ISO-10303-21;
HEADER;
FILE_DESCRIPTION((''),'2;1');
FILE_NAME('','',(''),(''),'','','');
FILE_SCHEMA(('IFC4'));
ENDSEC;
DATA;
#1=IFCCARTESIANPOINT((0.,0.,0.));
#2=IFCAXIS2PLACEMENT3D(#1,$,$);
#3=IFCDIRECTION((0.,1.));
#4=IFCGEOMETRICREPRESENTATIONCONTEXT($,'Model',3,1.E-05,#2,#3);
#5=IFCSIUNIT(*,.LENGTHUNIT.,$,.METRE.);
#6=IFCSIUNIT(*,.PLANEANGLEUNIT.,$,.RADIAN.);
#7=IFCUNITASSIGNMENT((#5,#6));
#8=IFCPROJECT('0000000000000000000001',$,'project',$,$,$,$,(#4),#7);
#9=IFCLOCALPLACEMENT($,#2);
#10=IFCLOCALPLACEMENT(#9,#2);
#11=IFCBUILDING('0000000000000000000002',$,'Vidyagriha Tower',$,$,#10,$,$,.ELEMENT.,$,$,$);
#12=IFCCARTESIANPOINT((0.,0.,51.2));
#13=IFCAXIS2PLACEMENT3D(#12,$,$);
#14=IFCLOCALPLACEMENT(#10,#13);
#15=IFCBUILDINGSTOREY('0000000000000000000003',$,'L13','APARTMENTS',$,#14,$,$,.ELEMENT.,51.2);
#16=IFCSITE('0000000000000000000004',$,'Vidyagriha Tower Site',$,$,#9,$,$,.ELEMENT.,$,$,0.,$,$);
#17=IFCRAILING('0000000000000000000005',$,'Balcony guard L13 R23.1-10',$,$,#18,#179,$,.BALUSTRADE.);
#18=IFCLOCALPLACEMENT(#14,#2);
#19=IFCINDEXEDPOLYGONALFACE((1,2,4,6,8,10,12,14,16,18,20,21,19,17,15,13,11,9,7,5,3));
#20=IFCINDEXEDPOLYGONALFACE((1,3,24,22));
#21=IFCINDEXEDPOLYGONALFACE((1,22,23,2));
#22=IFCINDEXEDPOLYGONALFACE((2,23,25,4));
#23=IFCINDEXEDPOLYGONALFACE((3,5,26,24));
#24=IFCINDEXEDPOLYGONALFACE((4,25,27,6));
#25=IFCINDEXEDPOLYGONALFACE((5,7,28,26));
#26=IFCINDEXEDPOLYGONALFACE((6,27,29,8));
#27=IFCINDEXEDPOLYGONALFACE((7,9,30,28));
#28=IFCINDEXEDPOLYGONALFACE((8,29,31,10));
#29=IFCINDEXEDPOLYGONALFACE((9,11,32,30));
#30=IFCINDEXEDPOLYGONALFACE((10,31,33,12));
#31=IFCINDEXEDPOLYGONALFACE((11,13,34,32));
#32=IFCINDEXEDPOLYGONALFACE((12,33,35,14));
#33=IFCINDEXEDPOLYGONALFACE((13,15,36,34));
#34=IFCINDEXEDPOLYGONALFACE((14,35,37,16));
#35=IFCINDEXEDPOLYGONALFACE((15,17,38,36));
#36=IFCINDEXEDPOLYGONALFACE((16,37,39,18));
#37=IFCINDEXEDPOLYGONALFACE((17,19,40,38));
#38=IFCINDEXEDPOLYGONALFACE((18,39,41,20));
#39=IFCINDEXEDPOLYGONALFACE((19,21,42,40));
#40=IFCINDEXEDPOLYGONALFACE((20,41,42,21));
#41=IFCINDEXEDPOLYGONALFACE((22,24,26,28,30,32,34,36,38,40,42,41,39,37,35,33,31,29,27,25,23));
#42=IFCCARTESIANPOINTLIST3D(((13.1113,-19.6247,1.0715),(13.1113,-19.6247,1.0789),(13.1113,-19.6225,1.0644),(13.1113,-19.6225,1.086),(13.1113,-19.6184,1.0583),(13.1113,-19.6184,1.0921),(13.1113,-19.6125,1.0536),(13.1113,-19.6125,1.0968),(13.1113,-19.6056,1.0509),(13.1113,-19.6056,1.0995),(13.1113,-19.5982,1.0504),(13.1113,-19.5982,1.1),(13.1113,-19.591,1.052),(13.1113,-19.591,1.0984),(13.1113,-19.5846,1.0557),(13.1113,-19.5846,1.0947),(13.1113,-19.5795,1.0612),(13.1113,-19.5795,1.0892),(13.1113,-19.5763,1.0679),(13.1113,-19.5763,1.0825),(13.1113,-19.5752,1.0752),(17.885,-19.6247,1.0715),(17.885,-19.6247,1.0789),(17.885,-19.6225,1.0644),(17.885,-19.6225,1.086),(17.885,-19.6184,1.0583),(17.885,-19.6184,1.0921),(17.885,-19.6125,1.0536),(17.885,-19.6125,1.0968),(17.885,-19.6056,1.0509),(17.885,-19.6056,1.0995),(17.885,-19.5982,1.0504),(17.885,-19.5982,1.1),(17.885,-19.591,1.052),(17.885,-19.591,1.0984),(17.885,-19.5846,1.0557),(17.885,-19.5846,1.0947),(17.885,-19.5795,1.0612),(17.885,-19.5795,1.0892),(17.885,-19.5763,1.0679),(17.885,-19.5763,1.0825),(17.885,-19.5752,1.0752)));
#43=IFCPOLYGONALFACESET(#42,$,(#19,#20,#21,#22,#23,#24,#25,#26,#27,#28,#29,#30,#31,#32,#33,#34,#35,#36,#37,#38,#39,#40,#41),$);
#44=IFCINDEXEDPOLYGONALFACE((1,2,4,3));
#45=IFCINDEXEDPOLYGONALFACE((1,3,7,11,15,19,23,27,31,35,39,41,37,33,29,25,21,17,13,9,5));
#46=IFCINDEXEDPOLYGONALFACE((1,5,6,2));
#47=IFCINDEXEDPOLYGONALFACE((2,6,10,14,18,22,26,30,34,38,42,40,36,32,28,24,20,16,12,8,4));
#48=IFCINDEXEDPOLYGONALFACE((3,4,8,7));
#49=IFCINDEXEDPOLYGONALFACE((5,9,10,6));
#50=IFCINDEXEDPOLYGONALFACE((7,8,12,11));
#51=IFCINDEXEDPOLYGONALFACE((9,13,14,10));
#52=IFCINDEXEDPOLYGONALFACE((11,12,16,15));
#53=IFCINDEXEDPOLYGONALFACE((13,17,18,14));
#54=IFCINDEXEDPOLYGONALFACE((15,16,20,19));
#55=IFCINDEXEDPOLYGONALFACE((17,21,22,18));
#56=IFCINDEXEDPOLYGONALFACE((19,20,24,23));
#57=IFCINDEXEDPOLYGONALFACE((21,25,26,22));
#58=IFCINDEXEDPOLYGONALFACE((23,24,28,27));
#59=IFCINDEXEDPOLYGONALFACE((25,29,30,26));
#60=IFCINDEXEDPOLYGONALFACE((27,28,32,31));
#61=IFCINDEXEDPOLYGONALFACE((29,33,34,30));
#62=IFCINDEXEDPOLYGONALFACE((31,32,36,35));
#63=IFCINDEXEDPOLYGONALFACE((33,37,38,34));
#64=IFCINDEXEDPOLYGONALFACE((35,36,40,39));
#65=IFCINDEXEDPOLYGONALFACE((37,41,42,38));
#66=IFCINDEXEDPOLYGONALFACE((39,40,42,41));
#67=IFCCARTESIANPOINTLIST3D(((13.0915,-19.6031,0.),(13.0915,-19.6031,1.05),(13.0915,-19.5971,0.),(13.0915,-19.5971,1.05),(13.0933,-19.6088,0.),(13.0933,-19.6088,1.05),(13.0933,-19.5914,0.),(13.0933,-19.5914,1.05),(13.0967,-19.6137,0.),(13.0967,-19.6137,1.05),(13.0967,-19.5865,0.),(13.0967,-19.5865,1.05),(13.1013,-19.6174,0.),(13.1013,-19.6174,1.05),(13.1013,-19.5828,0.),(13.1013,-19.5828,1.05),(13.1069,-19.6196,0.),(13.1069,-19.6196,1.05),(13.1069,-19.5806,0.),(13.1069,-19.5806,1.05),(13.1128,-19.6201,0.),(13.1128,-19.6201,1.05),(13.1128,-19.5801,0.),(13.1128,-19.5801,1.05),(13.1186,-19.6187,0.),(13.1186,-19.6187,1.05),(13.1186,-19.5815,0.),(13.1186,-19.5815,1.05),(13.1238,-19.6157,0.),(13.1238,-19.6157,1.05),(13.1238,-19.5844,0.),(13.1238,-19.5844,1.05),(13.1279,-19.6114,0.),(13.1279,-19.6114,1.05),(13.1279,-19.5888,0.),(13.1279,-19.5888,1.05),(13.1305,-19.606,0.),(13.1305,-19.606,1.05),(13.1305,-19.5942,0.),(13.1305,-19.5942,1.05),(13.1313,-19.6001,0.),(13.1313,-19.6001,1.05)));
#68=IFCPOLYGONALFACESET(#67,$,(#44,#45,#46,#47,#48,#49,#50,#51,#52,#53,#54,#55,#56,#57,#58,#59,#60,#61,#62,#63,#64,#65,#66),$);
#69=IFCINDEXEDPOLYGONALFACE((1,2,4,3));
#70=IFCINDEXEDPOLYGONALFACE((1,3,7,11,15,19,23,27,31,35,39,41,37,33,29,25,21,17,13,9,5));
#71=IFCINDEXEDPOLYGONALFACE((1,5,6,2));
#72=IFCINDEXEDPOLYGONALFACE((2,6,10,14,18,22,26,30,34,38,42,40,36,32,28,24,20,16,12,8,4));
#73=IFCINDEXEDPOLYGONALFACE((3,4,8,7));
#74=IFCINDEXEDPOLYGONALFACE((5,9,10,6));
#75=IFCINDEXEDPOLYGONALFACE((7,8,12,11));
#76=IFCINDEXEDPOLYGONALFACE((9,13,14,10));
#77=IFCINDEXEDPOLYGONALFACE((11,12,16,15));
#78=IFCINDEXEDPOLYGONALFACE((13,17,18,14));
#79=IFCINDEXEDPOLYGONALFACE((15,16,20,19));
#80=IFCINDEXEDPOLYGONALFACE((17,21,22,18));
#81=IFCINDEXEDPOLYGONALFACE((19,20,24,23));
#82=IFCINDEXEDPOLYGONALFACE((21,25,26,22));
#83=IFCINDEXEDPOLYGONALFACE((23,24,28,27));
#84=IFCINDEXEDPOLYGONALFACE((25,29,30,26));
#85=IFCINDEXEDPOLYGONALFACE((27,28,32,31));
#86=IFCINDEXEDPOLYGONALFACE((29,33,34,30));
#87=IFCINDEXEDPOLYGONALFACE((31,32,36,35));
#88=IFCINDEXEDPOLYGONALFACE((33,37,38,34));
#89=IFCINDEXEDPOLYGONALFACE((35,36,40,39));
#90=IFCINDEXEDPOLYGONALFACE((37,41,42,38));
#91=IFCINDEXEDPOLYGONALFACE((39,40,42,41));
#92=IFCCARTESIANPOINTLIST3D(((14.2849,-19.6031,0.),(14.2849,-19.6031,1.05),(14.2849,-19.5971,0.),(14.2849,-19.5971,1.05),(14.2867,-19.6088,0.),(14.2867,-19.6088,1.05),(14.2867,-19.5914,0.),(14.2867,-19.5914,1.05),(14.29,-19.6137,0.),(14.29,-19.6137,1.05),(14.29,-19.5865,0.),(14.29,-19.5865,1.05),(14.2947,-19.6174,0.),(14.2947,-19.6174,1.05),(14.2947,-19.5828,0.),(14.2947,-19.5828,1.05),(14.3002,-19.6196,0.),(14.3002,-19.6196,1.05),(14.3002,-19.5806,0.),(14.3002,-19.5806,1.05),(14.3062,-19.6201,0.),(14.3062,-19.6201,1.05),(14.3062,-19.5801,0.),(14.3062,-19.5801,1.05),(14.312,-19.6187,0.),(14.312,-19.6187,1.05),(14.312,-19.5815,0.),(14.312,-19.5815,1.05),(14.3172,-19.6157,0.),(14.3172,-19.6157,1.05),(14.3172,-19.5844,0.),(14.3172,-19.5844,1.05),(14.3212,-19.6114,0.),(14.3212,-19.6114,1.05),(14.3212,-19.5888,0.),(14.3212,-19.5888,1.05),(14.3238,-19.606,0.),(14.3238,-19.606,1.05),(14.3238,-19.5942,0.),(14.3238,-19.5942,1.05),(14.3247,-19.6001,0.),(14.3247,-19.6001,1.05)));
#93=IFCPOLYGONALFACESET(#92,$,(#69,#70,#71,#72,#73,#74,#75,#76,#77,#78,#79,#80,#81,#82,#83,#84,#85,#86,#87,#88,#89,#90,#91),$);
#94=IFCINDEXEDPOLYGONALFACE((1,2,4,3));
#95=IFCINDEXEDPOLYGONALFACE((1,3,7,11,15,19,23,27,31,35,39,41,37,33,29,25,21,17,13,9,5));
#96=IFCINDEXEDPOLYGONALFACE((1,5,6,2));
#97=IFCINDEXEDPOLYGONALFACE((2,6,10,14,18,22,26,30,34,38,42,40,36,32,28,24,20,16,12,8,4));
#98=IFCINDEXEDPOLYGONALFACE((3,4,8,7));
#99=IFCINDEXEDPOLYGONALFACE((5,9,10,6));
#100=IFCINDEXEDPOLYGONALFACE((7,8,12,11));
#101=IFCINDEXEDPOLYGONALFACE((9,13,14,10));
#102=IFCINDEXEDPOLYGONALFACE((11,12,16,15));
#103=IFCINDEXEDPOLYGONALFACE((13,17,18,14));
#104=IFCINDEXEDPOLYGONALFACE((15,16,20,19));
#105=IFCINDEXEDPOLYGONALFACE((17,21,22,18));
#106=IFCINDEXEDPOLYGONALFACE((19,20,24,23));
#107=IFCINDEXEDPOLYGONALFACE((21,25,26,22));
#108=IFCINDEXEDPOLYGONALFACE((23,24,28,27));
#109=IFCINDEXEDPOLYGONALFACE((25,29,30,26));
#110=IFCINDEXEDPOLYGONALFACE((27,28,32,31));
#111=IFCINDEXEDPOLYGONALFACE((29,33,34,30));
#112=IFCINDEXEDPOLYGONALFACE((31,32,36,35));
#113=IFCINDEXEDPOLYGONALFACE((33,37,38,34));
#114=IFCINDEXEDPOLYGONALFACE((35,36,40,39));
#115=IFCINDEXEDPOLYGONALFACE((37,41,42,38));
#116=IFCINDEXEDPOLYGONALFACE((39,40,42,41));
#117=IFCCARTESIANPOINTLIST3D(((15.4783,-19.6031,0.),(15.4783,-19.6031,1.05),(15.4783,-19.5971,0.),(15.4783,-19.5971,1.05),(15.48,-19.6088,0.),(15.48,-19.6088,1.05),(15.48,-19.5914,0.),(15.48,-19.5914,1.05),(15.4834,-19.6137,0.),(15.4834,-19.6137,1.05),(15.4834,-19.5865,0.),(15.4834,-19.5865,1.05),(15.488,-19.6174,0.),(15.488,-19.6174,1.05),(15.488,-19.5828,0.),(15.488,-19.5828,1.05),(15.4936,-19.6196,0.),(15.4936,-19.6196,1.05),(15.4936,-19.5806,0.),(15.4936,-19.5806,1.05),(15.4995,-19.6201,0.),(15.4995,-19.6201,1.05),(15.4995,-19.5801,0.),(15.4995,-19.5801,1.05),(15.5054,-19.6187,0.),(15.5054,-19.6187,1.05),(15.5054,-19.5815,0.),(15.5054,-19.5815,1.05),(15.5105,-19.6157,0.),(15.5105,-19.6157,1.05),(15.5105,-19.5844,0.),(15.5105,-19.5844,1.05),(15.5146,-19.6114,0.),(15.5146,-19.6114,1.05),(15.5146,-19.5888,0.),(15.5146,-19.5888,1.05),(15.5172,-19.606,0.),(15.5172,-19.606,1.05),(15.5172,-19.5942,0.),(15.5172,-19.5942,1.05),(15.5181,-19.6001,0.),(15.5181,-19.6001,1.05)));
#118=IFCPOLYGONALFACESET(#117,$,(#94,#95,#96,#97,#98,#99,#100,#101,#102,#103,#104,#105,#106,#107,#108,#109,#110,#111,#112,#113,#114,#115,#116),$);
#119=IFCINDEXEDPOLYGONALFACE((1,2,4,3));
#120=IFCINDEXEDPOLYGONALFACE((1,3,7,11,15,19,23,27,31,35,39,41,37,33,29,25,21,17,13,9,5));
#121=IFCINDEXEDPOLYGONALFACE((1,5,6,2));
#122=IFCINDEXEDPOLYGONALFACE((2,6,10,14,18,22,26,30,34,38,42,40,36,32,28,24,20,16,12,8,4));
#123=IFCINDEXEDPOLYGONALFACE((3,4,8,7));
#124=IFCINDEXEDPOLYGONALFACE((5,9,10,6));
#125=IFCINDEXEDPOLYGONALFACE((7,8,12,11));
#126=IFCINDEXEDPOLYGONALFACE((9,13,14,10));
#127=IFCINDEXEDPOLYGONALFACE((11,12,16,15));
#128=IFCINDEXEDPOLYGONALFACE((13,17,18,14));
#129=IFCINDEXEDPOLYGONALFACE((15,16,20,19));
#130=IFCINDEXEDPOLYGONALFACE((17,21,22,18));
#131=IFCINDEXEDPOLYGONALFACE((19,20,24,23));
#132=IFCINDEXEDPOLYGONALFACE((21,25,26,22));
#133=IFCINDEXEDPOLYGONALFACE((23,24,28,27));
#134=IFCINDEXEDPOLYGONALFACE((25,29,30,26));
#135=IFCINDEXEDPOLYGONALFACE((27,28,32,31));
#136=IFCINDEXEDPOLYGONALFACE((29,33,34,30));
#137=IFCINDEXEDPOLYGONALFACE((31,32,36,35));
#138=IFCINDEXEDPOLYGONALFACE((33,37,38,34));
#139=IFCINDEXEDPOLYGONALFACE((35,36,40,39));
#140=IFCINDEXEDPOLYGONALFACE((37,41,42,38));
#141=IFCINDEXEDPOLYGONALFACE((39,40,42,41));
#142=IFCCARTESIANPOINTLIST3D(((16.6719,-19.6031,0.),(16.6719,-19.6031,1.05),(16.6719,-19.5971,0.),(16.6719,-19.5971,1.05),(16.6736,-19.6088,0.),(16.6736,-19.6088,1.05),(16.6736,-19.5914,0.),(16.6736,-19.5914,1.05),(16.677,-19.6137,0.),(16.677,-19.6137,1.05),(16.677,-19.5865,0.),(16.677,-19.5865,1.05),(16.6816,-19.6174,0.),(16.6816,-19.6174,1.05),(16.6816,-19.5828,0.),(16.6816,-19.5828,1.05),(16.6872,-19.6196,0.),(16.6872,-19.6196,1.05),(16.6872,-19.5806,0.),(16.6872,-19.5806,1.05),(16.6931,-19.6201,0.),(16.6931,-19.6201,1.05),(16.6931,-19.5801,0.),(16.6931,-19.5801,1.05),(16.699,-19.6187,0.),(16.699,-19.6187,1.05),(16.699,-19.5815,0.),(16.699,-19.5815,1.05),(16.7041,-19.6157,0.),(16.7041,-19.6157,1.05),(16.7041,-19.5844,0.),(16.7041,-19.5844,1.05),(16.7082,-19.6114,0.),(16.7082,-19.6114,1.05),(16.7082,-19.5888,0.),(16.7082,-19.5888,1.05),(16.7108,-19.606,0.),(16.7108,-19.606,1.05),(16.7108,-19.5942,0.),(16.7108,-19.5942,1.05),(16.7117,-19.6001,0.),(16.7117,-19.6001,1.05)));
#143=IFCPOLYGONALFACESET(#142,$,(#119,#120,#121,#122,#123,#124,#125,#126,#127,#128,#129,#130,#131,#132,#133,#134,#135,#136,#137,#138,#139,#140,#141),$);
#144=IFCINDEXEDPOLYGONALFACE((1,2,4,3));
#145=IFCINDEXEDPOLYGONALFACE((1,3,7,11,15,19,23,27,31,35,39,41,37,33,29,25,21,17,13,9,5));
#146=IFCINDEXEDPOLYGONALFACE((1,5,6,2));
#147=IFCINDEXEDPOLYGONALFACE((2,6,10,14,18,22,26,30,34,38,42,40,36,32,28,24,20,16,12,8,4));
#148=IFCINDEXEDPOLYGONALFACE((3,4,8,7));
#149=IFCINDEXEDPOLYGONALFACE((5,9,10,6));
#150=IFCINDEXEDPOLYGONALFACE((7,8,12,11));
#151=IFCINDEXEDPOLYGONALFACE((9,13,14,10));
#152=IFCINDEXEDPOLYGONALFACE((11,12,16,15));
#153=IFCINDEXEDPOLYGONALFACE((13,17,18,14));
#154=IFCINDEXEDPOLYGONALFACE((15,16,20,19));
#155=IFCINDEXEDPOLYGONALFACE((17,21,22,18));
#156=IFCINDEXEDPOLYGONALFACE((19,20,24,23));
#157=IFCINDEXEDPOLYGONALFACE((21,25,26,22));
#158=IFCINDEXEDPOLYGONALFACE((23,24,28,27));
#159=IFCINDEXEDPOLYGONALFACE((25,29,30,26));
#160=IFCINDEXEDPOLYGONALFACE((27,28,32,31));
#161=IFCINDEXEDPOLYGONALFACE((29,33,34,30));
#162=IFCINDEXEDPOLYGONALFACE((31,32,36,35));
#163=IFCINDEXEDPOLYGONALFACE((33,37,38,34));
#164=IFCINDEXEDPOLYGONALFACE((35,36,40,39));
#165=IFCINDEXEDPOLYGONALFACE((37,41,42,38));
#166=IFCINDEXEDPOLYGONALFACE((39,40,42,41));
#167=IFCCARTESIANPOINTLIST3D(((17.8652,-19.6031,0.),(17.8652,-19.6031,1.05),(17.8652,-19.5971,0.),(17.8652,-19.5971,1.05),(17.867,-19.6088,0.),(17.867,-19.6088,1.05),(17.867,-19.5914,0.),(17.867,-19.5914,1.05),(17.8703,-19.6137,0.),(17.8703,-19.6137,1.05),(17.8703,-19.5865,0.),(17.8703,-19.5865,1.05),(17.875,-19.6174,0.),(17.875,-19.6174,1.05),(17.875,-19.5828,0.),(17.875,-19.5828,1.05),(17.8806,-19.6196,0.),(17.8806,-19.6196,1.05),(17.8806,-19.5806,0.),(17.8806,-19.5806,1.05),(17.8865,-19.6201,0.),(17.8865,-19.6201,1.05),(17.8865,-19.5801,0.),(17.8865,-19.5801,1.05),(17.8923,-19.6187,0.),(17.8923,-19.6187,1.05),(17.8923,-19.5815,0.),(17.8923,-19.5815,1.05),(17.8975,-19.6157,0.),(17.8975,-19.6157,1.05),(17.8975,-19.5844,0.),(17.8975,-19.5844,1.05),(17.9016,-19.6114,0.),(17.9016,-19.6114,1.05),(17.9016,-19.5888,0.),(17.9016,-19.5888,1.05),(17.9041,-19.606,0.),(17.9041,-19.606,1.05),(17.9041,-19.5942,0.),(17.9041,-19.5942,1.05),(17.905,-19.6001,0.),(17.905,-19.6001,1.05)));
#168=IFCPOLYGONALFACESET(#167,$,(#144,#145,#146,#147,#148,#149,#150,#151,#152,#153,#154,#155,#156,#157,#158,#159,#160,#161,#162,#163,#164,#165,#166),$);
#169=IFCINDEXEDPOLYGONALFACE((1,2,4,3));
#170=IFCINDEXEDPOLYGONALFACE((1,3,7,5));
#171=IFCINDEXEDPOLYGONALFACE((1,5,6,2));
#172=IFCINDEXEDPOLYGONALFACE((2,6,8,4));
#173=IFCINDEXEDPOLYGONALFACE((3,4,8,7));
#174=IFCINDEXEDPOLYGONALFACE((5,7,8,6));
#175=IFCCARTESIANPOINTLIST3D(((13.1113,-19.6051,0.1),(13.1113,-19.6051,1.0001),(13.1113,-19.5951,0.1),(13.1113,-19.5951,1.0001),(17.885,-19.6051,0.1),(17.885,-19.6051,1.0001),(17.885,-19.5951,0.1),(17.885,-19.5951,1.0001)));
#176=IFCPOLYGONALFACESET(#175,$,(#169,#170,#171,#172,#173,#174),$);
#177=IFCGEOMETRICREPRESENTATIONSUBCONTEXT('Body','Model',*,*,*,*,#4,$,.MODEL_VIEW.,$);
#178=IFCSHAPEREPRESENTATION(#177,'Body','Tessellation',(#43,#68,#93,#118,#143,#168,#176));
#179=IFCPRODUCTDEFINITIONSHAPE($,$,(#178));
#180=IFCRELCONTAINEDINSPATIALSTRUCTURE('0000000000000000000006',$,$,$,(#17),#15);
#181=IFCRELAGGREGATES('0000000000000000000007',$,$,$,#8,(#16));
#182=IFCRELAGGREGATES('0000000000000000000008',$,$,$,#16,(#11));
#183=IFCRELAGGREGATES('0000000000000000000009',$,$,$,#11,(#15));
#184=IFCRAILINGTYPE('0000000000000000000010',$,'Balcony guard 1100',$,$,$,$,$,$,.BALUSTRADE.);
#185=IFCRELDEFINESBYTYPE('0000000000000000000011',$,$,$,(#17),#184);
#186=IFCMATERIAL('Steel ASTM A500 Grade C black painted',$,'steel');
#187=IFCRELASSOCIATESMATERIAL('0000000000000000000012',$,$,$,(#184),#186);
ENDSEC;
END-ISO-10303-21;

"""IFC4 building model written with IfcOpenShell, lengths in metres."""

from ifc_helpers import new_model, si_unit, direction, frame, origin, origin_2d, place, context, subcontext, project, spatial, rectangle, circle, extrude, material, type_object, element, save


model = new_model("IFC4")

# Units and contexts
model_context = context("Model", 3, precision=1e-05, world=origin(), true_north=direction((0.0, 1.0)))
body_context = subcontext(model_context, "Body", "Model", "MODEL_VIEW")
ifc_project = project(units=[si_unit("LENGTHUNIT", "METRE"), si_unit("PLANEANGLEUNIT", "RADIAN")], contexts=[model_context])

# Site, building, storey
site_placement = place(None, origin())
site = spatial("IfcSite", under=ifc_project, at=site_placement, Name="Vidyagriha Tower Site", CompositionType="ELEMENT", RefElevation=0.0)
building_placement = place(site_placement, origin())
building = spatial("IfcBuilding", under=site, at=building_placement, Name="Vidyagriha Tower", CompositionType="ELEMENT")
storey_placement = place(building_placement, frame((0.0, 0.0, 51.2)))
storey = spatial("IfcBuildingStorey", under=building, at=storey_placement, Name="L13", Description="APARTMENTS", CompositionType="ELEMENT", Elevation=51.2)

# Railing
ifc_material_1 = material(Name="Steel ASTM A500 Grade C black painted", Category="steel")
railing_type = type_object("IfcRailingType", Name="Balcony guard 1100", PredefinedType="BALUSTRADE", material=ifc_material_1)
railing_1_placement = place(storey_placement, frame((13.1113, -19.6001, 0.0)))
element("IfcRailing", 1, at=railing_1_placement, inside=storey, type_object=railing_type, Name="Balcony guard L13 R23.1-10", PredefinedType="BALUSTRADE", context=body_context, shape_type="SweptSolid", body=[
    extrude(circle(Radius=0.0249, at=origin_2d()), frame((0.0, 0.0, 1.0752), z_axis=(1.0, 0.0, 0.0), x_axis=(0.0, 1.0, 0.0)), (0.0, 0.0, 1.0), 4.7737),
    extrude(circle(Radius=0.02, at=origin_2d()), origin(), (0.0, 0.0, 1.0), 1.05),
    extrude(circle(Radius=0.02, at=origin_2d()), frame((1.1934, 0.0, 0.0)), (0.0, 0.0, 1.0), 1.05),
    extrude(circle(Radius=0.02, at=origin_2d()), frame((2.3867, 0.0, 0.0)), (0.0, 0.0, 1.0), 1.05),
    extrude(circle(Radius=0.02, at=origin_2d()), frame((3.5803, 0.0, 0.0)), (0.0, 0.0, 1.0), 1.05),
    extrude(circle(Radius=0.02, at=origin_2d()), frame((4.7737, 0.0, 0.0)), (0.0, 0.0, 1.0), 1.05),
    extrude(rectangle(XDim=0.01, YDim=0.9001, at=origin_2d()), frame((0.0, 0.0, 0.55), z_axis=(1.0, 0.0, 0.0), x_axis=(0.0, 1.0, 0.0)), (0.0, 0.0, 1.0), 4.7737),
])

save(model, "model.ifc")
